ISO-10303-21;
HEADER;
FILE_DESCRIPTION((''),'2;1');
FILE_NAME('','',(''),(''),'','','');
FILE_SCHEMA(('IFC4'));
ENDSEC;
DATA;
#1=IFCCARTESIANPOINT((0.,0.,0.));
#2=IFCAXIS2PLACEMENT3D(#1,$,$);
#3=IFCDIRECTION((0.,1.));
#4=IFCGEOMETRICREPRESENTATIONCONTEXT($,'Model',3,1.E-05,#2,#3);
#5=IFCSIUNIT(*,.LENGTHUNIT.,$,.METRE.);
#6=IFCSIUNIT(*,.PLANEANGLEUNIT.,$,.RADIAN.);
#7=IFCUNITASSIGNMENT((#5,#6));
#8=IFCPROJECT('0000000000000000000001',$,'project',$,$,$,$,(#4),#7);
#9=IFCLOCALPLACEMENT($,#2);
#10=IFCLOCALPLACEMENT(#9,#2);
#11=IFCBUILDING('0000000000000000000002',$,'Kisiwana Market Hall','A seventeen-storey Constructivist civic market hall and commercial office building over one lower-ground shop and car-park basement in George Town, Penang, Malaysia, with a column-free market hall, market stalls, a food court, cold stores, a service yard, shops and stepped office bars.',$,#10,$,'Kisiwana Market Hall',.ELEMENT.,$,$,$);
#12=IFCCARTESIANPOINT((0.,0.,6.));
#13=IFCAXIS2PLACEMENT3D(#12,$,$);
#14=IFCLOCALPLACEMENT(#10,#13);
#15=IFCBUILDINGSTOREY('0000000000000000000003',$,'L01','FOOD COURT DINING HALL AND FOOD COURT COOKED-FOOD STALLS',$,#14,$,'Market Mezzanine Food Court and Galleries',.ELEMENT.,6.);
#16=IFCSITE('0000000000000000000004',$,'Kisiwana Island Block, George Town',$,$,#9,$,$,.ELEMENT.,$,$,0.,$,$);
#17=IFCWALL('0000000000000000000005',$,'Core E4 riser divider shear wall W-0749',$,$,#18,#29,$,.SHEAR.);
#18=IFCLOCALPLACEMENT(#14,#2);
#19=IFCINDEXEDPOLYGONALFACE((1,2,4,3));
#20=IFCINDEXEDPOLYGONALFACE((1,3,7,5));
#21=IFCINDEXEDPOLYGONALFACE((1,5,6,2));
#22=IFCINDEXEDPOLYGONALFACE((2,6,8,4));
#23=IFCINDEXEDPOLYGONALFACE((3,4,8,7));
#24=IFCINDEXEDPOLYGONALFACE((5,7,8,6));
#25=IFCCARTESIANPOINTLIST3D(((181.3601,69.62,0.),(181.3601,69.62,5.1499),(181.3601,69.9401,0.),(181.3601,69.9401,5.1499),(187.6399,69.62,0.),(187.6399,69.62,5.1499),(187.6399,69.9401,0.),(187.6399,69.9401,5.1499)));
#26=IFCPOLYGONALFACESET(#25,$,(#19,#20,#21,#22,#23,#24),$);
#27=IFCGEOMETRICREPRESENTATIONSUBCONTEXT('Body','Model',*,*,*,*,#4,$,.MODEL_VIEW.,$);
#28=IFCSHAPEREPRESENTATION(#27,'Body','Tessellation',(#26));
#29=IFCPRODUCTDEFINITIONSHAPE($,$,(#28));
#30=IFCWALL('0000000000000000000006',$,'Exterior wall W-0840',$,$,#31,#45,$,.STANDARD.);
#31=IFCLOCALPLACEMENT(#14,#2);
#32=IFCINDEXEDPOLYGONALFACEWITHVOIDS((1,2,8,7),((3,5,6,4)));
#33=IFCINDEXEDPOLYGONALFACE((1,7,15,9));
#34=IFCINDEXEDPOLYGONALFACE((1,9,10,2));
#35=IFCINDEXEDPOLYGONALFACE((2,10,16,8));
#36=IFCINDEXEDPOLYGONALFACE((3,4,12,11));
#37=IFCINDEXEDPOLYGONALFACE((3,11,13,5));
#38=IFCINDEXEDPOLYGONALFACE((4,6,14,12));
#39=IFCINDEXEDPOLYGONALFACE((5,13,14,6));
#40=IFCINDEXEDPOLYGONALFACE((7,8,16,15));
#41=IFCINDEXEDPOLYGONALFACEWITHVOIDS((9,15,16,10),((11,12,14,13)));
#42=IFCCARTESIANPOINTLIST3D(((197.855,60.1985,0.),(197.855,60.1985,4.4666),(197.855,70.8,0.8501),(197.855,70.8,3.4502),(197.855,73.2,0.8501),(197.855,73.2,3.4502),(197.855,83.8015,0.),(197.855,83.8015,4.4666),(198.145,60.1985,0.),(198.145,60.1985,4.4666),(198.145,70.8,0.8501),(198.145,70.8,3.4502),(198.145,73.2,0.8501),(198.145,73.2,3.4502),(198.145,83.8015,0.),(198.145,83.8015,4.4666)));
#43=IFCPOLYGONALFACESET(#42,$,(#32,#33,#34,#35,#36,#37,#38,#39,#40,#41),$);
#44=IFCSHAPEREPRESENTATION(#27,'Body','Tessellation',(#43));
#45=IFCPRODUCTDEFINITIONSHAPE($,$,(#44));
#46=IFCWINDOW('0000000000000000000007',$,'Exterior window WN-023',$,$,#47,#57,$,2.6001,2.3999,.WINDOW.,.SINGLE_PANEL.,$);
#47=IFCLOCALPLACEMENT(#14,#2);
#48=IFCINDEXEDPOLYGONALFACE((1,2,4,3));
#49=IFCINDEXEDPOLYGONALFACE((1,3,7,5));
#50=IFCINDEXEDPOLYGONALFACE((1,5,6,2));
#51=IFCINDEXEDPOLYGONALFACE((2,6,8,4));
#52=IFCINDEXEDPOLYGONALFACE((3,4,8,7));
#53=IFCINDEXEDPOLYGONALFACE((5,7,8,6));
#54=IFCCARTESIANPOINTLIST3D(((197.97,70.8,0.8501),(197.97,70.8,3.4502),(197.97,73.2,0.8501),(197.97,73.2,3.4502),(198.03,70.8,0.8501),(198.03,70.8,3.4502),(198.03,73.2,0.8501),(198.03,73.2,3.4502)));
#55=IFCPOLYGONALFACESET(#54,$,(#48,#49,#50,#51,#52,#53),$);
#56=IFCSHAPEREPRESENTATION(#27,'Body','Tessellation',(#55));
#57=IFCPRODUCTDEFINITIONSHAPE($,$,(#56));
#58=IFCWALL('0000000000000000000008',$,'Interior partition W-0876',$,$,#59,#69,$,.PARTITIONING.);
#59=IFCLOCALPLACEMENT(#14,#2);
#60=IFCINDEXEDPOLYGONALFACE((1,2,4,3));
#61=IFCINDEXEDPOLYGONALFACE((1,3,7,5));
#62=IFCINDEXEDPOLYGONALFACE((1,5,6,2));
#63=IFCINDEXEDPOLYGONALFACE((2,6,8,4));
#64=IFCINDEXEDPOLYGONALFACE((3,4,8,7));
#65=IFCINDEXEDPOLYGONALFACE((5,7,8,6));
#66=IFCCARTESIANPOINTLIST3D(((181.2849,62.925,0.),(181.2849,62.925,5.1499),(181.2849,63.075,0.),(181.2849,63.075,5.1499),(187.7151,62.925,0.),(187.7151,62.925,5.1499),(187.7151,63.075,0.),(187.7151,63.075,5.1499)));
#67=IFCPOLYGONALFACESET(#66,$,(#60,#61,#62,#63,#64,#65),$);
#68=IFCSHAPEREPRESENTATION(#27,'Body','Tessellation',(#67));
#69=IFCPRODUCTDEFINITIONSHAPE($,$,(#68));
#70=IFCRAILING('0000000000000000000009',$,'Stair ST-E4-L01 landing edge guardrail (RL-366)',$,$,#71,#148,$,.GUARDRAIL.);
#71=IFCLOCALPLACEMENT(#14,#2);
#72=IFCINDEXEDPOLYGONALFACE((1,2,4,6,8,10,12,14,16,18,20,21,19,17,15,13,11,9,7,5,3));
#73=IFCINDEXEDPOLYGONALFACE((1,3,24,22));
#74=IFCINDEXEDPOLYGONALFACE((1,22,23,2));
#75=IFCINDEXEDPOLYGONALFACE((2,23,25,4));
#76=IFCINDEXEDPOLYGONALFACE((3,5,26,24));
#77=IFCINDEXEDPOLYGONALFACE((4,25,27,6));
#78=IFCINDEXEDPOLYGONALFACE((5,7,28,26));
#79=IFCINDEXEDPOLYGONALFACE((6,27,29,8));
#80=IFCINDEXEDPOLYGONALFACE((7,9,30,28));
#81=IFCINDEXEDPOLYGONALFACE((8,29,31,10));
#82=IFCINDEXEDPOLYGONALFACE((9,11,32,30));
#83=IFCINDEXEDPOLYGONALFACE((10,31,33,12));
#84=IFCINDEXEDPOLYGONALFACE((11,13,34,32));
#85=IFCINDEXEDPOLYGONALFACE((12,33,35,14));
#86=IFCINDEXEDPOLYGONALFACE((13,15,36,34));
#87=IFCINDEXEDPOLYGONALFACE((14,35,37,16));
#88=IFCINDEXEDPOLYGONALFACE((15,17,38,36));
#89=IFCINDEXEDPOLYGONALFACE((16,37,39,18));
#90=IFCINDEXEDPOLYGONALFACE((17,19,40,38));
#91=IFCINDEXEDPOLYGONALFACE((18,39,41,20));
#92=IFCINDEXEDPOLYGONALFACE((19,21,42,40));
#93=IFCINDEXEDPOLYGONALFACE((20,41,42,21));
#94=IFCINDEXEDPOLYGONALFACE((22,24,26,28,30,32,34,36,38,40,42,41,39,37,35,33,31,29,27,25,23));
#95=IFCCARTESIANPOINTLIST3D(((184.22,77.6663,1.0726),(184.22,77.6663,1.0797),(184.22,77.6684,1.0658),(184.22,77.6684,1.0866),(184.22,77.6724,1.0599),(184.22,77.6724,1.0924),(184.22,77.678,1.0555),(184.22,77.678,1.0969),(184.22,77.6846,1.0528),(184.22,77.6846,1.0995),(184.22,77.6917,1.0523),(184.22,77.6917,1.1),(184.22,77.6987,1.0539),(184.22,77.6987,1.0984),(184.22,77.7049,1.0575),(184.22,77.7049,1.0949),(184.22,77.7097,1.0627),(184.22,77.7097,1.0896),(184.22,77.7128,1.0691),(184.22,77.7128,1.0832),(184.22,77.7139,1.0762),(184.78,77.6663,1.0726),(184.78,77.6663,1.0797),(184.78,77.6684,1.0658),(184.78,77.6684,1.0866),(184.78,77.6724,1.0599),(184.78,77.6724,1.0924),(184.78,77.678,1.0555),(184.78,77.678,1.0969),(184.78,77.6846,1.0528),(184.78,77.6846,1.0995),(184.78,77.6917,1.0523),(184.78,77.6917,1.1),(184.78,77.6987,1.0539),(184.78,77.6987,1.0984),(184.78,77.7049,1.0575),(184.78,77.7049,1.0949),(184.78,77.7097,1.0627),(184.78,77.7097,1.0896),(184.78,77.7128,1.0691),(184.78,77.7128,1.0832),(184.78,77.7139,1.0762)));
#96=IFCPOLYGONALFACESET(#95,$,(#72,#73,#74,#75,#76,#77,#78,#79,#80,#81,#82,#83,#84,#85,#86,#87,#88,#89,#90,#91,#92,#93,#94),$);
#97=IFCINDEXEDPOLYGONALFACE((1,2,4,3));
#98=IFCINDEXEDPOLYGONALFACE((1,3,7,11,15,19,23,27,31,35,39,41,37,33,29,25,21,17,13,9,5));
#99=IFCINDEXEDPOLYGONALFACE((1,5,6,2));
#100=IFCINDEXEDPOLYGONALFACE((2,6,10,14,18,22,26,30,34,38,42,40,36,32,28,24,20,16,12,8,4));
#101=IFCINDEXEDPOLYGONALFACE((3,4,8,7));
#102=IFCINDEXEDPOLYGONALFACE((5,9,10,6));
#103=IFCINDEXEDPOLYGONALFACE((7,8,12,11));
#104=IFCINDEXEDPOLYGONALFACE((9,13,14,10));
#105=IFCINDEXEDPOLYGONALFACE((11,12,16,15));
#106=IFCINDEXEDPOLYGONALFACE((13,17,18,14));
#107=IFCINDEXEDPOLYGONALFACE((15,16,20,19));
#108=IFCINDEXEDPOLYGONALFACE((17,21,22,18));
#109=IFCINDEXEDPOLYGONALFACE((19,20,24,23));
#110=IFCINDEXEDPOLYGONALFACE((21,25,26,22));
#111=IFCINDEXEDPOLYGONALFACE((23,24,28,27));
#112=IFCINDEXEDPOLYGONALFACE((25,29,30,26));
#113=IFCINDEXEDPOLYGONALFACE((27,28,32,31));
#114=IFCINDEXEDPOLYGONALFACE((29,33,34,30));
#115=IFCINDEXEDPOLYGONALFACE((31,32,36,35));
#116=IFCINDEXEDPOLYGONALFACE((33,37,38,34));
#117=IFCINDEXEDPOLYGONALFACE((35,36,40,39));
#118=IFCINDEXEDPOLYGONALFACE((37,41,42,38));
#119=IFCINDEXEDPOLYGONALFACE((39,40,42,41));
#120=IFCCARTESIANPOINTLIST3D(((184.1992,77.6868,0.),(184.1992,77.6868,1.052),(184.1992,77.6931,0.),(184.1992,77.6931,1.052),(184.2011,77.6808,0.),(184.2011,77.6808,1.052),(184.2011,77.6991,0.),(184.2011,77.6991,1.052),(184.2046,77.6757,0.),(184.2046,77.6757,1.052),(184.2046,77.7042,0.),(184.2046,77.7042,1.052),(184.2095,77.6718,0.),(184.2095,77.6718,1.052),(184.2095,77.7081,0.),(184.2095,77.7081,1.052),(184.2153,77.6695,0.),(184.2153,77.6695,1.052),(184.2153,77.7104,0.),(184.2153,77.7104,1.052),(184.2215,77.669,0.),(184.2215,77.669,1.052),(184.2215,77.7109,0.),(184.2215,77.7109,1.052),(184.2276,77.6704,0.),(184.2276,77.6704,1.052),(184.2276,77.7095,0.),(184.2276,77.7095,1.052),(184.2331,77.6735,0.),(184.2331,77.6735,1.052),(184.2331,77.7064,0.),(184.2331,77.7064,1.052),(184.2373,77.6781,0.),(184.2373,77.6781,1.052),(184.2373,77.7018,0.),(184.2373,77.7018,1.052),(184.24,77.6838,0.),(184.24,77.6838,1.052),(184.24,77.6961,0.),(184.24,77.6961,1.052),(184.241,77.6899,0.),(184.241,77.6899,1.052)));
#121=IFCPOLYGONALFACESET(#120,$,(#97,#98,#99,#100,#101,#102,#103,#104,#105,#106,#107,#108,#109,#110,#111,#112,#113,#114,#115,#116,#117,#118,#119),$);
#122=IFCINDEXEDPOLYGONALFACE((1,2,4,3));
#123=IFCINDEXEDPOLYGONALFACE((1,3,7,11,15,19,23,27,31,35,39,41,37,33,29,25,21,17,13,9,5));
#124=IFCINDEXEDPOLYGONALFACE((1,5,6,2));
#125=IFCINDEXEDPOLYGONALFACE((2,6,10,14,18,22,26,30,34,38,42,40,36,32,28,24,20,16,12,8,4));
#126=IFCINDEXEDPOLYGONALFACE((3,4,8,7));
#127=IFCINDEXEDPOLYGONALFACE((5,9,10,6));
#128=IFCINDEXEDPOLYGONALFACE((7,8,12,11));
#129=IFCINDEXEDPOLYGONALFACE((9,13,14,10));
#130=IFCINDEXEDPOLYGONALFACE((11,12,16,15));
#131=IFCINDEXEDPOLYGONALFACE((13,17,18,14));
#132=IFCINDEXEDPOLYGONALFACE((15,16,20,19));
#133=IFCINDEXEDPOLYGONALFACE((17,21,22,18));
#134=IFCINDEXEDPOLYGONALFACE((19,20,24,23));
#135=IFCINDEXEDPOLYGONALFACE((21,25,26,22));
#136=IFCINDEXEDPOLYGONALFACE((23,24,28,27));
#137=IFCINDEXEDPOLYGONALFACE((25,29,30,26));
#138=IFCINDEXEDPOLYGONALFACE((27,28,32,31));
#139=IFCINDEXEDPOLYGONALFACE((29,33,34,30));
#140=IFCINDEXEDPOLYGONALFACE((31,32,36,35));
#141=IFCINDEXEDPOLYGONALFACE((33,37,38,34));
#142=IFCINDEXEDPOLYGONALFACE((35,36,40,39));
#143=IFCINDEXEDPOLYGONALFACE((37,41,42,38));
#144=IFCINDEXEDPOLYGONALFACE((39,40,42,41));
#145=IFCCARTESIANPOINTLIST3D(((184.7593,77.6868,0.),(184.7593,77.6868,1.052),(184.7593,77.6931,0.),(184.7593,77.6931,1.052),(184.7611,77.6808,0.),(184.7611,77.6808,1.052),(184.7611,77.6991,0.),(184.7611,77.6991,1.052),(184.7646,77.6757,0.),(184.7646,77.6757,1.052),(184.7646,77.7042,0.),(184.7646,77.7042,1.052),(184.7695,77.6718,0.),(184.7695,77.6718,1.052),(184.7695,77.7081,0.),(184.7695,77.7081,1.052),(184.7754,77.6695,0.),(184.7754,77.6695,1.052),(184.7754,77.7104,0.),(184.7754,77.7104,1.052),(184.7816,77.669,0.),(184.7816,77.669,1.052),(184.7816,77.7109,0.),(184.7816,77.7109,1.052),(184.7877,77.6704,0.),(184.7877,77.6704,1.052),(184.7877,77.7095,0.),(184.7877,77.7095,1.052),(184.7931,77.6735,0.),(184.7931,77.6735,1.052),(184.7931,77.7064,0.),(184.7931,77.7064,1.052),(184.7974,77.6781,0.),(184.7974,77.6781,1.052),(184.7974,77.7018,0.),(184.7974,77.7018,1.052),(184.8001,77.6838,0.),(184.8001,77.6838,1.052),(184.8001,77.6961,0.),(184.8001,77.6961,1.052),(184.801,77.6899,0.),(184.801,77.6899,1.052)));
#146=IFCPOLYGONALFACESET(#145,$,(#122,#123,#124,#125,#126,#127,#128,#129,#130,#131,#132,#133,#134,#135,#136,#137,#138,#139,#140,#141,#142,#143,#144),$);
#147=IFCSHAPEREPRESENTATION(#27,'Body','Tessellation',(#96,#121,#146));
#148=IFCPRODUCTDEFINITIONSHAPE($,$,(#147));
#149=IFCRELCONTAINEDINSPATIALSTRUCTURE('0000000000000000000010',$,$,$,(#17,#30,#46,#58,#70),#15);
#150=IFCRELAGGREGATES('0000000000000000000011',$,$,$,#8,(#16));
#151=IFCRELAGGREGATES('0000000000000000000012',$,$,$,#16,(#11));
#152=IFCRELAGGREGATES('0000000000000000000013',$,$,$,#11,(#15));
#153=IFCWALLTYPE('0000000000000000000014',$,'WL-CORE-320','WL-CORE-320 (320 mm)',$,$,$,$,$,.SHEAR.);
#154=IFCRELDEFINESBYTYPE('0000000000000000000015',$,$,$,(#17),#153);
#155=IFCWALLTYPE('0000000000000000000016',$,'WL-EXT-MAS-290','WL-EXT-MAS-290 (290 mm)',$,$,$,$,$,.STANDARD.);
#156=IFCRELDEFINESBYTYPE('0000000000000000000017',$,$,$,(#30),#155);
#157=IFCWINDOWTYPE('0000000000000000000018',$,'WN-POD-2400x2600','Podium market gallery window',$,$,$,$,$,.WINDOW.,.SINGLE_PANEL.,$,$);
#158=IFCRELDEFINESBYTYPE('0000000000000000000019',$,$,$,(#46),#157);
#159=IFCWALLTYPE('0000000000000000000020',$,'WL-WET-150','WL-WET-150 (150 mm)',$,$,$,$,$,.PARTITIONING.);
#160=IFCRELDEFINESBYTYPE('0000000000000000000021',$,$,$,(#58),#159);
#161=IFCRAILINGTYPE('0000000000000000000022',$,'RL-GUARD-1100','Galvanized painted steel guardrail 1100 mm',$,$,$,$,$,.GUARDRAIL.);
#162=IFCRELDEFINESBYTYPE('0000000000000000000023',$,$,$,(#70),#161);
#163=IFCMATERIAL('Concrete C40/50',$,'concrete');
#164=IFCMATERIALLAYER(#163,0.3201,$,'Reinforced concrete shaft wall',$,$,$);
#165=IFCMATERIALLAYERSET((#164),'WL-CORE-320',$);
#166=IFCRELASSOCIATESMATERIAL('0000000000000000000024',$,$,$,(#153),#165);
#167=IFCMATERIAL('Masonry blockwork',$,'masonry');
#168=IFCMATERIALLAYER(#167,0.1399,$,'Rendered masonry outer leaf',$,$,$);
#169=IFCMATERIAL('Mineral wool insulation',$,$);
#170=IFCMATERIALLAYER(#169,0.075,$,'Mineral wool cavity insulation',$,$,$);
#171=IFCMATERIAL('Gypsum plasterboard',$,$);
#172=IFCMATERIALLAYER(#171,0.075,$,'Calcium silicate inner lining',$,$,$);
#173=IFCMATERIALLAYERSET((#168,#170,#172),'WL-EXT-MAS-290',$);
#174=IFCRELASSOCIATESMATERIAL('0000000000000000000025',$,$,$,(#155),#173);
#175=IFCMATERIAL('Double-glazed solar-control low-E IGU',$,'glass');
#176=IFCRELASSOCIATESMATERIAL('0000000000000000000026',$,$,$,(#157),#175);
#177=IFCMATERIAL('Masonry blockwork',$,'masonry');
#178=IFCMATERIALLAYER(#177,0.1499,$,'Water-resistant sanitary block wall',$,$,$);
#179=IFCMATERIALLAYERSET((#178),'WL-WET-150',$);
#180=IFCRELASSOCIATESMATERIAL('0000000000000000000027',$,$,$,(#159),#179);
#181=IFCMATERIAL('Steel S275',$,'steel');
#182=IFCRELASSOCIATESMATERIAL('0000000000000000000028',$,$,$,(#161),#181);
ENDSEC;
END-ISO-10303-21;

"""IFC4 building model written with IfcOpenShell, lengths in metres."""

from ifc_helpers import new_model, si_unit, direction, frame, frame_2d, origin, origin_2d, place, context, subcontext, project, spatial, rectangle, circle, extrude, material, layer, layer_set, type_object, element, fill, save


model = new_model("IFC4")

# Units and contexts
model_context = context("Model", 3, precision=1e-05, world=origin(), true_north=direction((0.0, 1.0)))
body_context = subcontext(model_context, "Body", "Model", "MODEL_VIEW")
ifc_project = project(units=[si_unit("LENGTHUNIT", "METRE"), si_unit("PLANEANGLEUNIT", "RADIAN")], contexts=[model_context])

# Site, building, storey
site_placement = place(None, origin())
site = spatial("IfcSite", under=ifc_project, at=site_placement, Name="Kisiwana Island Block, George Town", CompositionType="ELEMENT", RefElevation=0.0)
building_placement = place(site_placement, origin())
building = spatial("IfcBuilding", under=site, at=building_placement, Name="Kisiwana Market Hall", Description="A seventeen-storey Constructivist civic market hall and commercial office building over one lower-ground shop and car-park basement in George Town, Penang, Malaysia, with a column-free market hall, market stalls, a food court, cold stores, a service yard, shops and stepped office bars.", LongName="Kisiwana Market Hall", CompositionType="ELEMENT")
storey_placement = place(building_placement, frame((0.0, 0.0, 6.0)))
storey = spatial("IfcBuildingStorey", under=building, at=storey_placement, Name="L01", Description="FOOD COURT DINING HALL AND FOOD COURT COOKED-FOOD STALLS", LongName="Market Mezzanine Food Court and Galleries", CompositionType="ELEMENT", Elevation=6.0)

# Wall
ifc_material_1 = material(Name="Concrete C40/50", Category="concrete")
ifc_layer_1 = layer(ifc_material_1, 0.3201, Name="Reinforced concrete shaft wall")
ifc_layer_set_1 = layer_set([ifc_layer_1], Name="WL-CORE-320")
wall_type_1 = type_object("IfcWallType", Name="WL-CORE-320", Description="WL-CORE-320 (320 mm)", PredefinedType="SHEAR", material=ifc_layer_set_1)
wall_1_placement = place(storey_placement, frame((181.3601, 69.78, 0.0), z_axis=(0.0, 0.0, 1.0), x_axis=(1.0, 0.0, 0.0)))
element("IfcWall", 1, at=wall_1_placement, inside=storey, type_object=wall_type_1, Name="Core E4 riser divider shear wall W-0749", PredefinedType="SHEAR", context=body_context, shape_type="SweptSolid", body=[
    extrude(rectangle(XDim=6.2798, YDim=0.3201, at=frame_2d((3.1399, 0.0))), origin(), (0.0, 0.0, 1.0), 5.1499),
])

# Wall, opening, window
ifc_material_2 = material(Name="Masonry blockwork", Category="masonry")
ifc_layer_2 = layer(ifc_material_2, 0.1399, Name="Rendered masonry outer leaf")
ifc_material_3 = material(Name="Mineral wool insulation")
ifc_layer_3 = layer(ifc_material_3, 0.075, Name="Mineral wool cavity insulation")
ifc_material_4 = material(Name="Gypsum plasterboard")
ifc_layer_4 = layer(ifc_material_4, 0.075, Name="Calcium silicate inner lining")
ifc_layer_set_2 = layer_set([ifc_layer_2, ifc_layer_3, ifc_layer_4], Name="WL-EXT-MAS-290")
wall_type_2 = type_object("IfcWallType", Name="WL-EXT-MAS-290", Description="WL-EXT-MAS-290 (290 mm)", PredefinedType="STANDARD", material=ifc_layer_set_2)
wall_2_placement = place(storey_placement, frame((198.0, 60.1985, 0.0), z_axis=(0.0, 0.0, 1.0), x_axis=(0.0, 1.0, 0.0)))
wall_2 = element("IfcWall", 2, at=wall_2_placement, inside=storey, type_object=wall_type_2, Name="Exterior wall W-0840", PredefinedType="STANDARD", context=body_context, shape_type="SweptSolid", body=[
    extrude(rectangle(XDim=23.603, YDim=0.29, at=frame_2d((11.8015, 0.0))), origin(), (0.0, 0.0, 1.0), 4.4666),
])
opening_placement = place(wall_2_placement, frame((10.6016, 0.0, 0.8501)))
opening = element("IfcOpeningElement", 3, at=opening_placement, cuts=wall_2, PredefinedType="OPENING", context=body_context, shape_type="SweptSolid", body=[
    extrude(rectangle(XDim=2.3999, YDim=2.6001, at=frame_2d((1.2, 1.3))), frame((0.0, 0.157, 0.0), z_axis=(0.0, -1.0, 0.0), x_axis=(1.0, 0.0, 0.0)), (0.0, 0.0, 1.0), 0.314),
])
ifc_material_5 = material(Name="Double-glazed solar-control low-E IGU", Category="glass")
window_type = type_object("IfcWindowType", Name="WN-POD-2400x2600", Description="Podium market gallery window", PartitioningType="SINGLE_PANEL", PredefinedType="WINDOW", material=ifc_material_5)
window_placement = place(opening_placement, origin())
window = element("IfcWindow", 4, at=window_placement, inside=storey, type_object=window_type, Name="Exterior window WN-023", OverallHeight=2.6001, OverallWidth=2.3999, PartitioningType="SINGLE_PANEL", PredefinedType="WINDOW", context=body_context, shape_type="SweptSolid", body=[
    extrude(rectangle(XDim=2.3999, YDim=2.6001, at=frame_2d((1.2, 1.3))), frame((0.0, 0.03, 0.0), z_axis=(0.0, -1.0, 0.0), x_axis=(1.0, 0.0, 0.0)), (0.0, 0.0, 1.0), 0.0601),
])
fill(opening, window)

# Wall
ifc_material_6 = material(Name="Masonry blockwork", Category="masonry")
ifc_layer_5 = layer(ifc_material_6, 0.1499, Name="Water-resistant sanitary block wall")
ifc_layer_set_3 = layer_set([ifc_layer_5], Name="WL-WET-150")
wall_type_3 = type_object("IfcWallType", Name="WL-WET-150", Description="WL-WET-150 (150 mm)", PredefinedType="PARTITIONING", material=ifc_layer_set_3)
wall_3_placement = place(storey_placement, frame((181.2849, 63.0, 0.0), z_axis=(0.0, 0.0, 1.0), x_axis=(1.0, 0.0, 0.0)))
element("IfcWall", 5, at=wall_3_placement, inside=storey, type_object=wall_type_3, Name="Interior partition W-0876", PredefinedType="PARTITIONING", context=body_context, shape_type="SweptSolid", body=[
    extrude(rectangle(XDim=6.4302, YDim=0.1499, at=frame_2d((3.2151, 0.0))), origin(), (0.0, 0.0, 1.0), 5.1499),
])

# Railing
ifc_material_7 = material(Name="Steel S275", Category="steel")
railing_type_1 = type_object("IfcRailingType", Name="RL-GUARD-1100", Description="Galvanized painted steel guardrail 1100 mm", PredefinedType="GUARDRAIL", material=ifc_material_7)
railing_1_placement = place(storey_placement, frame((184.22, 77.6899, 0.0)))
element("IfcRailing", 6, at=railing_1_placement, inside=storey, type_object=railing_type_1, Name="Stair ST-E4-L01 landing edge guardrail (RL-366)", PredefinedType="GUARDRAIL", context=body_context, shape_type="SweptSolid", body=[
    extrude(circle(Radius=0.0239, at=origin_2d()), frame((0.0, 0.0, 1.0762), z_axis=(1.0, 0.0, 0.0), x_axis=(0.0, 1.0, 0.0)), (0.0, 0.0, 1.0), 0.5601),
    extrude(circle(Radius=0.021, at=origin_2d()), origin(), (0.0, 0.0, 1.0), 1.052),
    extrude(circle(Radius=0.021, at=origin_2d()), frame((0.5601, 0.0, 0.0)), (0.0, 0.0, 1.0), 1.052),
])

save(model, "model.ifc")
